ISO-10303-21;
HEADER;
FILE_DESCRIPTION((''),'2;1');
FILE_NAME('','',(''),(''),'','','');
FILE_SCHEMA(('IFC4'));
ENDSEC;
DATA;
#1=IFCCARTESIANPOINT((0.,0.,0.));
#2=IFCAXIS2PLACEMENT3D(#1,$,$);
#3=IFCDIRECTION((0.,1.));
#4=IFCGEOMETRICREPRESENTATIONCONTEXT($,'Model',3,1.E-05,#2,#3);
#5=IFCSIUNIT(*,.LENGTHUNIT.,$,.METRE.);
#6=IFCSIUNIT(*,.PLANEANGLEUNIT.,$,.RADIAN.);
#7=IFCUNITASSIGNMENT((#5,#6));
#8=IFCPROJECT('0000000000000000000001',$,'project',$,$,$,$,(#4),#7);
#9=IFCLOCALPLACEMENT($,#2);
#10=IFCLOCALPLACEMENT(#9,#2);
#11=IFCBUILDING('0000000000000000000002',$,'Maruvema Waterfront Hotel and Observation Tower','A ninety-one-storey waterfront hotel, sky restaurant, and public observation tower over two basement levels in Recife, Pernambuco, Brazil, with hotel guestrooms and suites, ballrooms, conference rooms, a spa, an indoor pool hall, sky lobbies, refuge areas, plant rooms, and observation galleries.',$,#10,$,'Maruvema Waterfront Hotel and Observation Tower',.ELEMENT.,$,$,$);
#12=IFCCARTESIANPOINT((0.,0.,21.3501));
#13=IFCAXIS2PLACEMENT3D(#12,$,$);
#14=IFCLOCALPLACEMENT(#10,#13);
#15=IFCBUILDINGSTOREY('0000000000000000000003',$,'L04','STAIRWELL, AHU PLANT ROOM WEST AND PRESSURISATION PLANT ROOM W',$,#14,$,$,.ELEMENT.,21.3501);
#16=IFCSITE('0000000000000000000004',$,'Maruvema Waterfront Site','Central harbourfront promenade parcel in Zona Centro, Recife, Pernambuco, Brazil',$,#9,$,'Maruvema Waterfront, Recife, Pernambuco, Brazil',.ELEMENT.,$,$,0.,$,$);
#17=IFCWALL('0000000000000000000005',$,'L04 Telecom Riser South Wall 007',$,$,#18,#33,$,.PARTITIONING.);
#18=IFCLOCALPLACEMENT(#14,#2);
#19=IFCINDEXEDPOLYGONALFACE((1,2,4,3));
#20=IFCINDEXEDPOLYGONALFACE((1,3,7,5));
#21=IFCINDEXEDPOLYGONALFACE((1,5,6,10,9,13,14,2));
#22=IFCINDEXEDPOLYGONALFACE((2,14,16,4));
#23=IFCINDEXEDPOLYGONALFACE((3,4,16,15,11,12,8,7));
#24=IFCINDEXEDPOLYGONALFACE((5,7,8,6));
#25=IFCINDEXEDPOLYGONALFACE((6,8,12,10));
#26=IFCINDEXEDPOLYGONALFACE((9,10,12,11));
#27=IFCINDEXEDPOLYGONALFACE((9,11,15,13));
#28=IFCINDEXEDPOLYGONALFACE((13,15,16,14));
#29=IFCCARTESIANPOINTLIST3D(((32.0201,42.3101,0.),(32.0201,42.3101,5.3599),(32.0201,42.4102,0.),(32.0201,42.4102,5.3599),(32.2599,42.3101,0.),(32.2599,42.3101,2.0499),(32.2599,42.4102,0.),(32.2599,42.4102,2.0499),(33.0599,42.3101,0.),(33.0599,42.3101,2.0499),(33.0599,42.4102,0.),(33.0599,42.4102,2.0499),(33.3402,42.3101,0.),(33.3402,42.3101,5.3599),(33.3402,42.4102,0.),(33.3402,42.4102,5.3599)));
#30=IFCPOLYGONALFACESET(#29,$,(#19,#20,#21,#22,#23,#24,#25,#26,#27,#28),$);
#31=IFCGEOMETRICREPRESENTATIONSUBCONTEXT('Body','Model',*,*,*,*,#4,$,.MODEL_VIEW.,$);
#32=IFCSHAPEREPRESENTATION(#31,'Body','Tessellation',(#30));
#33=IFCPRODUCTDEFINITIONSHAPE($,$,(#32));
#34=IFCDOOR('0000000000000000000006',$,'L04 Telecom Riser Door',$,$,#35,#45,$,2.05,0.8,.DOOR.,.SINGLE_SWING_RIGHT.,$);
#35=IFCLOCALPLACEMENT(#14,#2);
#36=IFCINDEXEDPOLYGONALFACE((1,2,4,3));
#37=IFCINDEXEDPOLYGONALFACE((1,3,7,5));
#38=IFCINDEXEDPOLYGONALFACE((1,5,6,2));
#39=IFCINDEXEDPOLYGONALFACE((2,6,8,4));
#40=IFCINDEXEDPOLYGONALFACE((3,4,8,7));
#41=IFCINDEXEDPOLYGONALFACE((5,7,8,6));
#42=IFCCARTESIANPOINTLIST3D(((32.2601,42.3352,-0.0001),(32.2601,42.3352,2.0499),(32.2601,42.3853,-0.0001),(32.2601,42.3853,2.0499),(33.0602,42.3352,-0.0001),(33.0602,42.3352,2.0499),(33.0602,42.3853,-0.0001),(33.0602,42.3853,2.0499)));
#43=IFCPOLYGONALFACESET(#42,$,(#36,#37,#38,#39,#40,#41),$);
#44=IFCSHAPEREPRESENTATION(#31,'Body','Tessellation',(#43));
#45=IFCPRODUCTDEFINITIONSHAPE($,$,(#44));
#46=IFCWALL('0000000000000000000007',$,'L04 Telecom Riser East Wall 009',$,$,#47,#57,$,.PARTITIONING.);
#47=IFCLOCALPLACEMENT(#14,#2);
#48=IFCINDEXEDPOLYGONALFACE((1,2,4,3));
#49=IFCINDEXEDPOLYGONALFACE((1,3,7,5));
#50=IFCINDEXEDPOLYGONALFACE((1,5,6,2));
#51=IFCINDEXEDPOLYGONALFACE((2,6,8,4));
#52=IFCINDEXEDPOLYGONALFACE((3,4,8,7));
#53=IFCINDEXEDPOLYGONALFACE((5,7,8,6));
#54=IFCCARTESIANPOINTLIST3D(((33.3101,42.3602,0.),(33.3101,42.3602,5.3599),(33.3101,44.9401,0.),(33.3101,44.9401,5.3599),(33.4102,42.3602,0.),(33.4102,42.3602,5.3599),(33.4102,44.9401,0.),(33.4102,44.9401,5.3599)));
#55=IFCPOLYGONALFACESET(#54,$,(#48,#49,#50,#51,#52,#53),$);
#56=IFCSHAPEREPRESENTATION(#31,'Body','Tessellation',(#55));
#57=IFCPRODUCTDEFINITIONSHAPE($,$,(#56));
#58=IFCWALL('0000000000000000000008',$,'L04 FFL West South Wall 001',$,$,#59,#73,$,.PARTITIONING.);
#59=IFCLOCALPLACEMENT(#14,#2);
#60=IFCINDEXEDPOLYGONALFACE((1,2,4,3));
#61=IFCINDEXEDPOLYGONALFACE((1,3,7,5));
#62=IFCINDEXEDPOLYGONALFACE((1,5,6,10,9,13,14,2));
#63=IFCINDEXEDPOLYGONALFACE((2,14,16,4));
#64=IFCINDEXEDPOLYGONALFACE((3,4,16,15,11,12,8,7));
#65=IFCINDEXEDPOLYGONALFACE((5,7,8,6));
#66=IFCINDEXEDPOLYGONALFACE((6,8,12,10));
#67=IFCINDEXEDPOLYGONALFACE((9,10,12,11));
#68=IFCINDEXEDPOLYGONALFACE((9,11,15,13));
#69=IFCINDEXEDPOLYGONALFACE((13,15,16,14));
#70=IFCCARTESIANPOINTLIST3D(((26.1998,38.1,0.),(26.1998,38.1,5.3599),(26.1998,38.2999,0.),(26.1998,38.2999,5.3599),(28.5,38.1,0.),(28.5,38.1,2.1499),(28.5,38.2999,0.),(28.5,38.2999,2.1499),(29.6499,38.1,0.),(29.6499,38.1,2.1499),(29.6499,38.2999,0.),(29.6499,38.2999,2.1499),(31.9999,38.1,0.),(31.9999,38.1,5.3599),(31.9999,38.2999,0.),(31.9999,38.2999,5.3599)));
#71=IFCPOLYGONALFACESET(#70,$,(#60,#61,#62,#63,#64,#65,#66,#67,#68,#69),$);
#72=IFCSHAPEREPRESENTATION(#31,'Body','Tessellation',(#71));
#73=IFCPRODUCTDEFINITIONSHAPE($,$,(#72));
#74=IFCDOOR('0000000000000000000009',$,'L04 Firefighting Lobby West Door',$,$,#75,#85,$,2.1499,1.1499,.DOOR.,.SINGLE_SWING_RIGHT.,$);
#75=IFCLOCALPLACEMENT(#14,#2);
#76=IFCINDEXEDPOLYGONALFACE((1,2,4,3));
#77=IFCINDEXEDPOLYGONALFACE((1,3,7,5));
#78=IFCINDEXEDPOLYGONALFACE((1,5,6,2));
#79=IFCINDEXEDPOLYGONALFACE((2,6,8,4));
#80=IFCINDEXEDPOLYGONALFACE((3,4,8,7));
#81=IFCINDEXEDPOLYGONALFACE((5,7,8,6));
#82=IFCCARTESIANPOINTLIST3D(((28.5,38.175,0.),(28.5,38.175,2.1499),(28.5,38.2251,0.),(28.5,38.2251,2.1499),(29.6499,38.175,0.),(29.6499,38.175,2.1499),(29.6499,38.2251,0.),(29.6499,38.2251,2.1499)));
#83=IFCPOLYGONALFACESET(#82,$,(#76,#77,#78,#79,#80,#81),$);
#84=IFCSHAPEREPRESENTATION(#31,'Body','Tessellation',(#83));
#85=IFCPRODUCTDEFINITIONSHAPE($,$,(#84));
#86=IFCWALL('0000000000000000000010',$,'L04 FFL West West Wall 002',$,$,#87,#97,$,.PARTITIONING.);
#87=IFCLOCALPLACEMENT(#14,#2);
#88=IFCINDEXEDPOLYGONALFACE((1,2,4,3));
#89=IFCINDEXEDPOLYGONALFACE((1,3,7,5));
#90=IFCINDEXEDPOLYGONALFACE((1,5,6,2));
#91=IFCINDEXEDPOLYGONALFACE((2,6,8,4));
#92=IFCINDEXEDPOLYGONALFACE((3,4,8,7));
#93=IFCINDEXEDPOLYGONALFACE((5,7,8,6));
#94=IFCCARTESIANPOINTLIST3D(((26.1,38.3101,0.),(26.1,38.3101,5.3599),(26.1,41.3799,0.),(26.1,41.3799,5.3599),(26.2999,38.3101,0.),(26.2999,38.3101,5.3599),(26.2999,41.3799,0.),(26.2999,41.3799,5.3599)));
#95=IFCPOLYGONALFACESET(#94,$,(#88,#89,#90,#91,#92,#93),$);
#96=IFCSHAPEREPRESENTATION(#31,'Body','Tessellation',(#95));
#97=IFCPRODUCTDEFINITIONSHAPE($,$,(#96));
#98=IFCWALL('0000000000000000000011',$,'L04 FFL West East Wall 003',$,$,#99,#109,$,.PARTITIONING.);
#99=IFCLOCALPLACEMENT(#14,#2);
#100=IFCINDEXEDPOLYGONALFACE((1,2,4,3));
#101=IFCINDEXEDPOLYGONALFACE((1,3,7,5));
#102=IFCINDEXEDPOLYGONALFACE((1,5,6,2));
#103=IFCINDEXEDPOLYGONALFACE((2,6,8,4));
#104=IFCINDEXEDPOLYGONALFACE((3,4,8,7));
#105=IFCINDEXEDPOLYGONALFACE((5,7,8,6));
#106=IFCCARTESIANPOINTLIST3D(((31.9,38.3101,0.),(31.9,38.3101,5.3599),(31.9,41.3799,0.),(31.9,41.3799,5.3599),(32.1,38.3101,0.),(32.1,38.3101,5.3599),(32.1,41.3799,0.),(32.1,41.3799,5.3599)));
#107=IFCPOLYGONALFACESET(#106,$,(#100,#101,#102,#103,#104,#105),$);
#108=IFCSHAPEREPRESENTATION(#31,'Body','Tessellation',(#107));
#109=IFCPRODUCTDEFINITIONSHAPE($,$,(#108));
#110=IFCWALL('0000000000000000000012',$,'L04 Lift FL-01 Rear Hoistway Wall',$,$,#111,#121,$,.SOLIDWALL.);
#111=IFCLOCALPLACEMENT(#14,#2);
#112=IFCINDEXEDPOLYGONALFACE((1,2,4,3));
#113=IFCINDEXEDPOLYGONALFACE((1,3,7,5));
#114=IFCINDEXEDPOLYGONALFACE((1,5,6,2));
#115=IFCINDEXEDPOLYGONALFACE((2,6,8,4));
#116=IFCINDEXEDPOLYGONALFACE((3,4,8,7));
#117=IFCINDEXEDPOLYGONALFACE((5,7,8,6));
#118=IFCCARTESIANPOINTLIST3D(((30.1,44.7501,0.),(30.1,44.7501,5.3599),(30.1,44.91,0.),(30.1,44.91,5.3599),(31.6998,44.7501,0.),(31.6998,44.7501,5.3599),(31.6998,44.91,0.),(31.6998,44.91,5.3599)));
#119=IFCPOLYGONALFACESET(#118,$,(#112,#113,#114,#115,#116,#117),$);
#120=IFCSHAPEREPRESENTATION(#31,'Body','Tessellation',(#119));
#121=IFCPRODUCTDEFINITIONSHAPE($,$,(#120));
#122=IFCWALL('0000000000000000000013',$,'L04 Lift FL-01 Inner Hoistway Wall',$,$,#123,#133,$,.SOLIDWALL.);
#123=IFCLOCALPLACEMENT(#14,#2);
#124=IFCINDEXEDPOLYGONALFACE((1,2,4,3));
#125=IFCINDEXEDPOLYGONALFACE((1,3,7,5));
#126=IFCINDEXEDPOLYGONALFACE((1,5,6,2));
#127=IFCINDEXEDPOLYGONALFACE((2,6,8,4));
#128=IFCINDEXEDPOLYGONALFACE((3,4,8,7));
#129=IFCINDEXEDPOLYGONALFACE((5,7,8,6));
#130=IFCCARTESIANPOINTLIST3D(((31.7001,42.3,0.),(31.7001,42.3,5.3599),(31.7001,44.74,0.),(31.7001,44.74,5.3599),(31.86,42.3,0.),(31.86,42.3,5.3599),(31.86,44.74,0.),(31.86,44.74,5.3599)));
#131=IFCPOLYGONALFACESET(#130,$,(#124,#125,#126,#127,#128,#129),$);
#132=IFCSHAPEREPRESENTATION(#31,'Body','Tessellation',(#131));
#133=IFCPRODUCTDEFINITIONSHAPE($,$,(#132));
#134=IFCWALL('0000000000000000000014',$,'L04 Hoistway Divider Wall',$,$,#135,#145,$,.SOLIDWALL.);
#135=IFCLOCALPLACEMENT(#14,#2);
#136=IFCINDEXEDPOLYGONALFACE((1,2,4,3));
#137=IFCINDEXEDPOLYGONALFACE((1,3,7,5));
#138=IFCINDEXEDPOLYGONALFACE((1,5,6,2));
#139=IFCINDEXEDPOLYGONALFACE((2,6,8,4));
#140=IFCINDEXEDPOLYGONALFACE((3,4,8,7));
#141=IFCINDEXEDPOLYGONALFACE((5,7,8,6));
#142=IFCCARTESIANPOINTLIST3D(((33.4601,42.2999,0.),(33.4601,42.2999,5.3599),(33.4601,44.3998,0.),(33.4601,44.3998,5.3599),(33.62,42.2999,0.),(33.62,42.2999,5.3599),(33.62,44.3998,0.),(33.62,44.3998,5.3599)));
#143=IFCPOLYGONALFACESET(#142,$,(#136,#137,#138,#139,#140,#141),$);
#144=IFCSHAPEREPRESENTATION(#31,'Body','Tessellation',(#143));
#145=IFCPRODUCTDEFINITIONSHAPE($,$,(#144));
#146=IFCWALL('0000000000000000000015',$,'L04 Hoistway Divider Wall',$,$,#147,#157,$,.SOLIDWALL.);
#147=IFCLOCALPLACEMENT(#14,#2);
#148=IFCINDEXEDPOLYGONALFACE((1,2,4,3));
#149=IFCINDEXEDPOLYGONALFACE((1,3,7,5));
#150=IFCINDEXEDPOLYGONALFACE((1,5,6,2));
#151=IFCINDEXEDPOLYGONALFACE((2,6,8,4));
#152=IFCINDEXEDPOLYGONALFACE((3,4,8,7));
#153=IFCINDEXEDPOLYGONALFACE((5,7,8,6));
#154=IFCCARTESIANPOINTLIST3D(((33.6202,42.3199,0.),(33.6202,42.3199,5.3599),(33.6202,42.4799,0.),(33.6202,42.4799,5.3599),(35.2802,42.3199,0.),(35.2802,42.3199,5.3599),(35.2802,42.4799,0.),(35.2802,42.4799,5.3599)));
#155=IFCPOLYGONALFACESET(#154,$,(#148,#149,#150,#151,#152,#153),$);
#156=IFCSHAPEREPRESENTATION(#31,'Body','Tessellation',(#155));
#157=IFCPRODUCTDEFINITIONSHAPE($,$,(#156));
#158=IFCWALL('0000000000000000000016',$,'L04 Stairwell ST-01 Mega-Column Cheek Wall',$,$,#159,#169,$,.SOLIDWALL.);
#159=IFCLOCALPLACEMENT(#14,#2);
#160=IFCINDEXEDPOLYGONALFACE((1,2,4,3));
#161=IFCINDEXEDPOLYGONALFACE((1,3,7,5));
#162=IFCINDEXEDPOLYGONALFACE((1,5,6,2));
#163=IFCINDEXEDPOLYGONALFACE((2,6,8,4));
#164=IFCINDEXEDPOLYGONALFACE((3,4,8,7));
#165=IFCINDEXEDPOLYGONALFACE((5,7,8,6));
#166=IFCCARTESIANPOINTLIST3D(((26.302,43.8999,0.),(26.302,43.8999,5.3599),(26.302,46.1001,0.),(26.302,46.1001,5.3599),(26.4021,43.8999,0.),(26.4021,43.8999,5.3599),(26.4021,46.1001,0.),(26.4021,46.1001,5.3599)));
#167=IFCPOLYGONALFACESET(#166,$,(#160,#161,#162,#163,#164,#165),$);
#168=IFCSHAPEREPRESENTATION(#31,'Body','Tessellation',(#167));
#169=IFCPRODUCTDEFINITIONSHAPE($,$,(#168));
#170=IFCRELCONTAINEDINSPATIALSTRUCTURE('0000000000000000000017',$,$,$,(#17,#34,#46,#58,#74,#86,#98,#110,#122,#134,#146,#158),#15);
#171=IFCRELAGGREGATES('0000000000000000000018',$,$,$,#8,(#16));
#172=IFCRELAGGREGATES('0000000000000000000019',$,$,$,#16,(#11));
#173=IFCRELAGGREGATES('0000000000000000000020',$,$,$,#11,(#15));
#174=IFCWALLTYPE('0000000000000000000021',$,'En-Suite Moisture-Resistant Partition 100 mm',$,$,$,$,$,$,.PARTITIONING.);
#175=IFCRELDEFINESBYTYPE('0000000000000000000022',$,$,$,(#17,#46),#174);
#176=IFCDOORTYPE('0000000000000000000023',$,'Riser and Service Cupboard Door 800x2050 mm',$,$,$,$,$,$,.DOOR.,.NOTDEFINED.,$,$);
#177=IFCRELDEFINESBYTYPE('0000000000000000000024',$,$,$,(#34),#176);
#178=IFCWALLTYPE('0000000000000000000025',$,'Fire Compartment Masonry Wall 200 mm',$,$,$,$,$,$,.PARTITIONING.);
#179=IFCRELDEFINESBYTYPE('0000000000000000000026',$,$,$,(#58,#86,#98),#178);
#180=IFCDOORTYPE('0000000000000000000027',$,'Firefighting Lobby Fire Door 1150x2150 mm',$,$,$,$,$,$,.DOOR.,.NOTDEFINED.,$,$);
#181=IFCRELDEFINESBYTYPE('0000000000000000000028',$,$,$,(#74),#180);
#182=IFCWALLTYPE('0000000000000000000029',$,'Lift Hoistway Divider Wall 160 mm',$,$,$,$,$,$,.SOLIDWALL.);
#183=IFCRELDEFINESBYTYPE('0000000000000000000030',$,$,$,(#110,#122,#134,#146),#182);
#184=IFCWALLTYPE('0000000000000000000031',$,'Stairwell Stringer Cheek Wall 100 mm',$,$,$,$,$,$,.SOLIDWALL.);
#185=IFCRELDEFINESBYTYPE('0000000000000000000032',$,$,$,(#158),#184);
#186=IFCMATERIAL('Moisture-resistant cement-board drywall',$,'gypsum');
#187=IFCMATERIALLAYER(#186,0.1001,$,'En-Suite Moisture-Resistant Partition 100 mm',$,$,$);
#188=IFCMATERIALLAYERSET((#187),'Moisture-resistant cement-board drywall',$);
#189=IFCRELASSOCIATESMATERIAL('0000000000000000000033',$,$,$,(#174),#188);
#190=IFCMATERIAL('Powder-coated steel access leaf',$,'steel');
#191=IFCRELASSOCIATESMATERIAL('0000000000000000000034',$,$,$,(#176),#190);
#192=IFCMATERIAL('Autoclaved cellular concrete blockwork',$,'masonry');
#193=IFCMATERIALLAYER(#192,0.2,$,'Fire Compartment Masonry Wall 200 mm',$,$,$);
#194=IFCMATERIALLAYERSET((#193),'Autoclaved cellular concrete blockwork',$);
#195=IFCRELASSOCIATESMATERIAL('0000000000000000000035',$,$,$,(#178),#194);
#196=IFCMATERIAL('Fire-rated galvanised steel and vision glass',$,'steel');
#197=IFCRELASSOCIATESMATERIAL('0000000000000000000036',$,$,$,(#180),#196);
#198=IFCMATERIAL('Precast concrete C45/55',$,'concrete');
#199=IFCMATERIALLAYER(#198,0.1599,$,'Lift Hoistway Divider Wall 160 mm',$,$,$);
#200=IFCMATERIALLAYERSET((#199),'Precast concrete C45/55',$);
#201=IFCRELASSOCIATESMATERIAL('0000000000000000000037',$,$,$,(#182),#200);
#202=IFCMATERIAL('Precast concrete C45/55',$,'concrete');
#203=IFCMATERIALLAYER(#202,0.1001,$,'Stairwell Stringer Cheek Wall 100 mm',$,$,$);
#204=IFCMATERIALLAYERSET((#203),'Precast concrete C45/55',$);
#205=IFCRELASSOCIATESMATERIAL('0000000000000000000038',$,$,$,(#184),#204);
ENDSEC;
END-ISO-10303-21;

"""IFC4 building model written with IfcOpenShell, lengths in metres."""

from ifc_helpers import new_model, si_unit, direction, frame, frame_2d, origin, place, context, subcontext, project, spatial, rectangle, extrude, material, layer, layer_set, type_object, element, fill, save


model = new_model("IFC4")

# Units and contexts
model_context = context("Model", 3, precision=1e-05, world=origin(), true_north=direction((0.0, 1.0)))
body_context = subcontext(model_context, "Body", "Model", "MODEL_VIEW")
ifc_project = project(units=[si_unit("LENGTHUNIT", "METRE"), si_unit("PLANEANGLEUNIT", "RADIAN")], contexts=[model_context])

# Site, building, storey
site_placement = place(None, origin())
site = spatial("IfcSite", under=ifc_project, at=site_placement, Name="Maruvema Waterfront Site", Description="Central harbourfront promenade parcel in Zona Centro, Recife, Pernambuco, Brazil", LongName="Maruvema Waterfront, Recife, Pernambuco, Brazil", CompositionType="ELEMENT", RefElevation=0.0)
building_placement = place(site_placement, origin())
building = spatial("IfcBuilding", under=site, at=building_placement, Name="Maruvema Waterfront Hotel and Observation Tower", Description="A ninety-one-storey waterfront hotel, sky restaurant, and public observation tower over two basement levels in Recife, Pernambuco, Brazil, with hotel guestrooms and suites, ballrooms, conference rooms, a spa, an indoor pool hall, sky lobbies, refuge areas, plant rooms, and observation galleries.", LongName="Maruvema Waterfront Hotel and Observation Tower", CompositionType="ELEMENT")
storey_placement = place(building_placement, frame((0.0, 0.0, 21.3501)))
storey = spatial("IfcBuildingStorey", under=building, at=storey_placement, Name="L04", Description="STAIRWELL, AHU PLANT ROOM WEST AND PRESSURISATION PLANT ROOM W", CompositionType="ELEMENT", Elevation=21.3501)

# Wall, opening, door
ifc_material_1 = material(Name="Moisture-resistant cement-board drywall", Category="gypsum")
ifc_layer_1 = layer(ifc_material_1, 0.1001, Name="En-Suite Moisture-Resistant Partition 100 mm")
ifc_layer_set_1 = layer_set([ifc_layer_1], Name="Moisture-resistant cement-board drywall")
wall_type_1 = type_object("IfcWallType", Name="En-Suite Moisture-Resistant Partition 100 mm", PredefinedType="PARTITIONING", material=ifc_layer_set_1)
wall_1_placement = place(storey_placement, frame((32.02, 42.3601, 0.0), z_axis=(0.0, 0.0, 1.0), x_axis=(1.0, 0.0, 0.0)))
wall_1 = element("IfcWall", 1, at=wall_1_placement, inside=storey, type_object=wall_type_1, Name="L04 Telecom Riser South Wall 007", PredefinedType="PARTITIONING", context=body_context, shape_type="SweptSolid", body=[
    extrude(rectangle(XDim=1.3201, YDim=0.1001, at=frame_2d((0.6602, 0.0))), origin(), (0.0, 0.0, 1.0), 5.3599),
])
opening_1_placement = place(wall_1_placement, frame((0.24, 0.0, 0.0)))
opening_1 = element("IfcOpeningElement", 2, at=opening_1_placement, cuts=wall_1, PredefinedType="OPENING", context=body_context, shape_type="SweptSolid", body=[
    extrude(rectangle(XDim=0.8, YDim=2.05, at=frame_2d((0.3999, 1.0249))), frame((0.0, 0.0601, 0.0), z_axis=(0.0, -1.0, 0.0), x_axis=(1.0, 0.0, 0.0)), (0.0, 0.0, 1.0), 0.1201),
])
ifc_material_2 = material(Name="Powder-coated steel access leaf", Category="steel")
door_type_1 = type_object("IfcDoorType", Name="Riser and Service Cupboard Door 800x2050 mm", OperationType="NOTDEFINED", PredefinedType="DOOR", material=ifc_material_2)
door_1_placement = place(opening_1_placement, frame((0.8, 0.0, 0.0), z_axis=(0.0, 0.0, 1.0), x_axis=(-1.0, 0.0, 0.0)))
door_1 = element("IfcDoor", 3, at=door_1_placement, inside=storey, type_object=door_type_1, Name="L04 Telecom Riser Door", OperationType="SINGLE_SWING_RIGHT", OverallHeight=2.05, OverallWidth=0.8, PredefinedType="DOOR", context=body_context, shape_type="SweptSolid", body=[
    extrude(rectangle(XDim=0.8, YDim=2.05, at=frame_2d((0.3999, 1.0249))), frame((0.0, 0.0249, 0.0), z_axis=(0.0, -1.0, 0.0), x_axis=(1.0, 0.0, 0.0)), (0.0, 0.0, 1.0), 0.05),
])
fill(opening_1, door_1)

# Wall
wall_2_placement = place(storey_placement, frame((33.3601, 42.3601, 0.0), z_axis=(0.0, 0.0, 1.0), x_axis=(0.0, 1.0, 0.0)))
element("IfcWall", 4, at=wall_2_placement, inside=storey, type_object=wall_type_1, Name="L04 Telecom Riser East Wall 009", PredefinedType="PARTITIONING", context=body_context, shape_type="SweptSolid", body=[
    extrude(rectangle(XDim=2.5798, YDim=0.1001, at=frame_2d((1.29, 0.0))), origin(), (0.0, 0.0, 1.0), 5.3599),
])

# Wall, opening, door
ifc_material_3 = material(Name="Autoclaved cellular concrete blockwork", Category="masonry")
ifc_layer_2 = layer(ifc_material_3, 0.2, Name="Fire Compartment Masonry Wall 200 mm")
ifc_layer_set_2 = layer_set([ifc_layer_2], Name="Autoclaved cellular concrete blockwork")
wall_type_2 = type_object("IfcWallType", Name="Fire Compartment Masonry Wall 200 mm", PredefinedType="PARTITIONING", material=ifc_layer_set_2)
wall_3_placement = place(storey_placement, frame((26.2, 38.2, 0.0), z_axis=(0.0, 0.0, 1.0), x_axis=(1.0, 0.0, 0.0)))
wall_3 = element("IfcWall", 5, at=wall_3_placement, inside=storey, type_object=wall_type_2, Name="L04 FFL West South Wall 001", PredefinedType="PARTITIONING", context=body_context, shape_type="SweptSolid", body=[
    extrude(rectangle(XDim=5.8, YDim=0.2, at=frame_2d((2.8999, 0.0))), origin(), (0.0, 0.0, 1.0), 5.3599),
])
opening_2_placement = place(wall_3_placement, frame((2.3, 0.0, 0.0)))
opening_2 = element("IfcOpeningElement", 6, at=opening_2_placement, cuts=wall_3, PredefinedType="OPENING", context=body_context, shape_type="SweptSolid", body=[
    extrude(rectangle(XDim=1.1499, YDim=2.1499, at=frame_2d((0.575, 1.075))), frame((0.0, 0.1099, 0.0), z_axis=(0.0, -1.0, 0.0), x_axis=(1.0, 0.0, 0.0)), (0.0, 0.0, 1.0), 0.22),
])
ifc_material_4 = material(Name="Fire-rated galvanised steel and vision glass", Category="steel")
door_type_2 = type_object("IfcDoorType", Name="Firefighting Lobby Fire Door 1150x2150 mm", OperationType="NOTDEFINED", PredefinedType="DOOR", material=ifc_material_4)
door_2_placement = place(opening_2_placement, frame((1.1499, 0.0, 0.0), z_axis=(0.0, 0.0, 1.0), x_axis=(-1.0, 0.0, 0.0)))
door_2 = element("IfcDoor", 7, at=door_2_placement, inside=storey, type_object=door_type_2, Name="L04 Firefighting Lobby West Door", OperationType="SINGLE_SWING_RIGHT", OverallHeight=2.1499, OverallWidth=1.1499, PredefinedType="DOOR", context=body_context, shape_type="SweptSolid", body=[
    extrude(rectangle(XDim=1.1499, YDim=2.1499, at=frame_2d((0.575, 1.075))), frame((0.0, 0.0249, 0.0), z_axis=(0.0, -1.0, 0.0), x_axis=(1.0, 0.0, 0.0)), (0.0, 0.0, 1.0), 0.05),
])
fill(opening_2, door_2)

# Walls
for number, where, z_axis, x_axis, name in (
    (8, (26.2, 38.3101, 0.0), (0.0, 0.0, 1.0), (0.0, 1.0, 0.0), "L04 FFL West West Wall 002"),
    (9, (32.0, 38.3101, 0.0), (0.0, 0.0, 1.0), (0.0, 1.0, 0.0), "L04 FFL West East Wall 003"),
):
    element("IfcWall", number, at=place(storey_placement, frame(where, z_axis=z_axis, x_axis=x_axis)), inside=storey, type_object=wall_type_2, Name=name, PredefinedType="PARTITIONING", context=body_context, shape_type="SweptSolid", body=[
        extrude(rectangle(XDim=3.0698, YDim=0.2, at=frame_2d((1.5349, 0.0))), origin(), (0.0, 0.0, 1.0), 5.3599),
    ])

# Walls
ifc_material_5 = material(Name="Precast concrete C45/55", Category="concrete")
ifc_layer_3 = layer(ifc_material_5, 0.1599, Name="Lift Hoistway Divider Wall 160 mm")
ifc_layer_set_3 = layer_set([ifc_layer_3], Name="Precast concrete C45/55")
wall_type_3 = type_object("IfcWallType", Name="Lift Hoistway Divider Wall 160 mm", PredefinedType="SOLIDWALL", material=ifc_layer_set_3)
wall_4_placement = place(storey_placement, frame((30.1001, 44.8301, 0.0), z_axis=(0.0, 0.0, 1.0), x_axis=(1.0, 0.0, 0.0)))
element("IfcWall", 10, at=wall_4_placement, inside=storey, type_object=wall_type_3, Name="L04 Lift FL-01 Rear Hoistway Wall", PredefinedType="SOLIDWALL", context=body_context, shape_type="SweptSolid", body=[
    extrude(rectangle(XDim=1.5999, YDim=0.1599, at=frame_2d((0.7998, 0.0))), origin(), (0.0, 0.0, 1.0), 5.3599),
])
wall_5_placement = place(storey_placement, frame((31.78, 42.3, 0.0), z_axis=(0.0, 0.0, 1.0), x_axis=(0.0, 1.0, 0.0)))
element("IfcWall", 11, at=wall_5_placement, inside=storey, type_object=wall_type_3, Name="L04 Lift FL-01 Inner Hoistway Wall", PredefinedType="SOLIDWALL", context=body_context, shape_type="SweptSolid", body=[
    extrude(rectangle(XDim=2.4399, YDim=0.1599, at=frame_2d((1.22, 0.0))), origin(), (0.0, 0.0, 1.0), 5.3599),
])
wall_6_placement = place(storey_placement, frame((33.54, 42.3, 0.0), z_axis=(0.0, 0.0, 1.0), x_axis=(0.0, 1.0, 0.0)))
element("IfcWall", 12, at=wall_6_placement, inside=storey, type_object=wall_type_3, Name="L04 Hoistway Divider Wall", PredefinedType="SOLIDWALL", context=body_context, shape_type="SweptSolid", body=[
    extrude(rectangle(XDim=2.0999, YDim=0.1599, at=frame_2d((1.0498, 0.0))), origin(), (0.0, 0.0, 1.0), 5.3599),
])
wall_7_placement = place(storey_placement, frame((33.6201, 42.3999, 0.0), z_axis=(0.0, 0.0, 1.0), x_axis=(1.0, 0.0, 0.0)))
element("IfcWall", 13, at=wall_7_placement, inside=storey, type_object=wall_type_3, Name="L04 Hoistway Divider Wall", PredefinedType="SOLIDWALL", context=body_context, shape_type="SweptSolid", body=[
    extrude(rectangle(XDim=1.6599, YDim=0.1599, at=frame_2d((0.8301, 0.0))), origin(), (0.0, 0.0, 1.0), 5.3599),
])
ifc_material_6 = material(Name="Precast concrete C45/55", Category="concrete")
ifc_layer_4 = layer(ifc_material_6, 0.1001, Name="Stairwell Stringer Cheek Wall 100 mm")
ifc_layer_set_4 = layer_set([ifc_layer_4], Name="Precast concrete C45/55")
wall_type_4 = type_object("IfcWallType", Name="Stairwell Stringer Cheek Wall 100 mm", PredefinedType="SOLIDWALL", material=ifc_layer_set_4)
wall_8_placement = place(storey_placement, frame((26.3521, 43.8999, 0.0), z_axis=(0.0, 0.0, 1.0), x_axis=(0.0, 1.0, 0.0)))
element("IfcWall", 14, at=wall_8_placement, inside=storey, type_object=wall_type_4, Name="L04 Stairwell ST-01 Mega-Column Cheek Wall", PredefinedType="SOLIDWALL", context=body_context, shape_type="SweptSolid", body=[
    extrude(rectangle(XDim=2.2002, YDim=0.1001, at=frame_2d((1.1001, 0.0))), origin(), (0.0, 0.0, 1.0), 5.3599),
])

save(model, "model.ifc")
